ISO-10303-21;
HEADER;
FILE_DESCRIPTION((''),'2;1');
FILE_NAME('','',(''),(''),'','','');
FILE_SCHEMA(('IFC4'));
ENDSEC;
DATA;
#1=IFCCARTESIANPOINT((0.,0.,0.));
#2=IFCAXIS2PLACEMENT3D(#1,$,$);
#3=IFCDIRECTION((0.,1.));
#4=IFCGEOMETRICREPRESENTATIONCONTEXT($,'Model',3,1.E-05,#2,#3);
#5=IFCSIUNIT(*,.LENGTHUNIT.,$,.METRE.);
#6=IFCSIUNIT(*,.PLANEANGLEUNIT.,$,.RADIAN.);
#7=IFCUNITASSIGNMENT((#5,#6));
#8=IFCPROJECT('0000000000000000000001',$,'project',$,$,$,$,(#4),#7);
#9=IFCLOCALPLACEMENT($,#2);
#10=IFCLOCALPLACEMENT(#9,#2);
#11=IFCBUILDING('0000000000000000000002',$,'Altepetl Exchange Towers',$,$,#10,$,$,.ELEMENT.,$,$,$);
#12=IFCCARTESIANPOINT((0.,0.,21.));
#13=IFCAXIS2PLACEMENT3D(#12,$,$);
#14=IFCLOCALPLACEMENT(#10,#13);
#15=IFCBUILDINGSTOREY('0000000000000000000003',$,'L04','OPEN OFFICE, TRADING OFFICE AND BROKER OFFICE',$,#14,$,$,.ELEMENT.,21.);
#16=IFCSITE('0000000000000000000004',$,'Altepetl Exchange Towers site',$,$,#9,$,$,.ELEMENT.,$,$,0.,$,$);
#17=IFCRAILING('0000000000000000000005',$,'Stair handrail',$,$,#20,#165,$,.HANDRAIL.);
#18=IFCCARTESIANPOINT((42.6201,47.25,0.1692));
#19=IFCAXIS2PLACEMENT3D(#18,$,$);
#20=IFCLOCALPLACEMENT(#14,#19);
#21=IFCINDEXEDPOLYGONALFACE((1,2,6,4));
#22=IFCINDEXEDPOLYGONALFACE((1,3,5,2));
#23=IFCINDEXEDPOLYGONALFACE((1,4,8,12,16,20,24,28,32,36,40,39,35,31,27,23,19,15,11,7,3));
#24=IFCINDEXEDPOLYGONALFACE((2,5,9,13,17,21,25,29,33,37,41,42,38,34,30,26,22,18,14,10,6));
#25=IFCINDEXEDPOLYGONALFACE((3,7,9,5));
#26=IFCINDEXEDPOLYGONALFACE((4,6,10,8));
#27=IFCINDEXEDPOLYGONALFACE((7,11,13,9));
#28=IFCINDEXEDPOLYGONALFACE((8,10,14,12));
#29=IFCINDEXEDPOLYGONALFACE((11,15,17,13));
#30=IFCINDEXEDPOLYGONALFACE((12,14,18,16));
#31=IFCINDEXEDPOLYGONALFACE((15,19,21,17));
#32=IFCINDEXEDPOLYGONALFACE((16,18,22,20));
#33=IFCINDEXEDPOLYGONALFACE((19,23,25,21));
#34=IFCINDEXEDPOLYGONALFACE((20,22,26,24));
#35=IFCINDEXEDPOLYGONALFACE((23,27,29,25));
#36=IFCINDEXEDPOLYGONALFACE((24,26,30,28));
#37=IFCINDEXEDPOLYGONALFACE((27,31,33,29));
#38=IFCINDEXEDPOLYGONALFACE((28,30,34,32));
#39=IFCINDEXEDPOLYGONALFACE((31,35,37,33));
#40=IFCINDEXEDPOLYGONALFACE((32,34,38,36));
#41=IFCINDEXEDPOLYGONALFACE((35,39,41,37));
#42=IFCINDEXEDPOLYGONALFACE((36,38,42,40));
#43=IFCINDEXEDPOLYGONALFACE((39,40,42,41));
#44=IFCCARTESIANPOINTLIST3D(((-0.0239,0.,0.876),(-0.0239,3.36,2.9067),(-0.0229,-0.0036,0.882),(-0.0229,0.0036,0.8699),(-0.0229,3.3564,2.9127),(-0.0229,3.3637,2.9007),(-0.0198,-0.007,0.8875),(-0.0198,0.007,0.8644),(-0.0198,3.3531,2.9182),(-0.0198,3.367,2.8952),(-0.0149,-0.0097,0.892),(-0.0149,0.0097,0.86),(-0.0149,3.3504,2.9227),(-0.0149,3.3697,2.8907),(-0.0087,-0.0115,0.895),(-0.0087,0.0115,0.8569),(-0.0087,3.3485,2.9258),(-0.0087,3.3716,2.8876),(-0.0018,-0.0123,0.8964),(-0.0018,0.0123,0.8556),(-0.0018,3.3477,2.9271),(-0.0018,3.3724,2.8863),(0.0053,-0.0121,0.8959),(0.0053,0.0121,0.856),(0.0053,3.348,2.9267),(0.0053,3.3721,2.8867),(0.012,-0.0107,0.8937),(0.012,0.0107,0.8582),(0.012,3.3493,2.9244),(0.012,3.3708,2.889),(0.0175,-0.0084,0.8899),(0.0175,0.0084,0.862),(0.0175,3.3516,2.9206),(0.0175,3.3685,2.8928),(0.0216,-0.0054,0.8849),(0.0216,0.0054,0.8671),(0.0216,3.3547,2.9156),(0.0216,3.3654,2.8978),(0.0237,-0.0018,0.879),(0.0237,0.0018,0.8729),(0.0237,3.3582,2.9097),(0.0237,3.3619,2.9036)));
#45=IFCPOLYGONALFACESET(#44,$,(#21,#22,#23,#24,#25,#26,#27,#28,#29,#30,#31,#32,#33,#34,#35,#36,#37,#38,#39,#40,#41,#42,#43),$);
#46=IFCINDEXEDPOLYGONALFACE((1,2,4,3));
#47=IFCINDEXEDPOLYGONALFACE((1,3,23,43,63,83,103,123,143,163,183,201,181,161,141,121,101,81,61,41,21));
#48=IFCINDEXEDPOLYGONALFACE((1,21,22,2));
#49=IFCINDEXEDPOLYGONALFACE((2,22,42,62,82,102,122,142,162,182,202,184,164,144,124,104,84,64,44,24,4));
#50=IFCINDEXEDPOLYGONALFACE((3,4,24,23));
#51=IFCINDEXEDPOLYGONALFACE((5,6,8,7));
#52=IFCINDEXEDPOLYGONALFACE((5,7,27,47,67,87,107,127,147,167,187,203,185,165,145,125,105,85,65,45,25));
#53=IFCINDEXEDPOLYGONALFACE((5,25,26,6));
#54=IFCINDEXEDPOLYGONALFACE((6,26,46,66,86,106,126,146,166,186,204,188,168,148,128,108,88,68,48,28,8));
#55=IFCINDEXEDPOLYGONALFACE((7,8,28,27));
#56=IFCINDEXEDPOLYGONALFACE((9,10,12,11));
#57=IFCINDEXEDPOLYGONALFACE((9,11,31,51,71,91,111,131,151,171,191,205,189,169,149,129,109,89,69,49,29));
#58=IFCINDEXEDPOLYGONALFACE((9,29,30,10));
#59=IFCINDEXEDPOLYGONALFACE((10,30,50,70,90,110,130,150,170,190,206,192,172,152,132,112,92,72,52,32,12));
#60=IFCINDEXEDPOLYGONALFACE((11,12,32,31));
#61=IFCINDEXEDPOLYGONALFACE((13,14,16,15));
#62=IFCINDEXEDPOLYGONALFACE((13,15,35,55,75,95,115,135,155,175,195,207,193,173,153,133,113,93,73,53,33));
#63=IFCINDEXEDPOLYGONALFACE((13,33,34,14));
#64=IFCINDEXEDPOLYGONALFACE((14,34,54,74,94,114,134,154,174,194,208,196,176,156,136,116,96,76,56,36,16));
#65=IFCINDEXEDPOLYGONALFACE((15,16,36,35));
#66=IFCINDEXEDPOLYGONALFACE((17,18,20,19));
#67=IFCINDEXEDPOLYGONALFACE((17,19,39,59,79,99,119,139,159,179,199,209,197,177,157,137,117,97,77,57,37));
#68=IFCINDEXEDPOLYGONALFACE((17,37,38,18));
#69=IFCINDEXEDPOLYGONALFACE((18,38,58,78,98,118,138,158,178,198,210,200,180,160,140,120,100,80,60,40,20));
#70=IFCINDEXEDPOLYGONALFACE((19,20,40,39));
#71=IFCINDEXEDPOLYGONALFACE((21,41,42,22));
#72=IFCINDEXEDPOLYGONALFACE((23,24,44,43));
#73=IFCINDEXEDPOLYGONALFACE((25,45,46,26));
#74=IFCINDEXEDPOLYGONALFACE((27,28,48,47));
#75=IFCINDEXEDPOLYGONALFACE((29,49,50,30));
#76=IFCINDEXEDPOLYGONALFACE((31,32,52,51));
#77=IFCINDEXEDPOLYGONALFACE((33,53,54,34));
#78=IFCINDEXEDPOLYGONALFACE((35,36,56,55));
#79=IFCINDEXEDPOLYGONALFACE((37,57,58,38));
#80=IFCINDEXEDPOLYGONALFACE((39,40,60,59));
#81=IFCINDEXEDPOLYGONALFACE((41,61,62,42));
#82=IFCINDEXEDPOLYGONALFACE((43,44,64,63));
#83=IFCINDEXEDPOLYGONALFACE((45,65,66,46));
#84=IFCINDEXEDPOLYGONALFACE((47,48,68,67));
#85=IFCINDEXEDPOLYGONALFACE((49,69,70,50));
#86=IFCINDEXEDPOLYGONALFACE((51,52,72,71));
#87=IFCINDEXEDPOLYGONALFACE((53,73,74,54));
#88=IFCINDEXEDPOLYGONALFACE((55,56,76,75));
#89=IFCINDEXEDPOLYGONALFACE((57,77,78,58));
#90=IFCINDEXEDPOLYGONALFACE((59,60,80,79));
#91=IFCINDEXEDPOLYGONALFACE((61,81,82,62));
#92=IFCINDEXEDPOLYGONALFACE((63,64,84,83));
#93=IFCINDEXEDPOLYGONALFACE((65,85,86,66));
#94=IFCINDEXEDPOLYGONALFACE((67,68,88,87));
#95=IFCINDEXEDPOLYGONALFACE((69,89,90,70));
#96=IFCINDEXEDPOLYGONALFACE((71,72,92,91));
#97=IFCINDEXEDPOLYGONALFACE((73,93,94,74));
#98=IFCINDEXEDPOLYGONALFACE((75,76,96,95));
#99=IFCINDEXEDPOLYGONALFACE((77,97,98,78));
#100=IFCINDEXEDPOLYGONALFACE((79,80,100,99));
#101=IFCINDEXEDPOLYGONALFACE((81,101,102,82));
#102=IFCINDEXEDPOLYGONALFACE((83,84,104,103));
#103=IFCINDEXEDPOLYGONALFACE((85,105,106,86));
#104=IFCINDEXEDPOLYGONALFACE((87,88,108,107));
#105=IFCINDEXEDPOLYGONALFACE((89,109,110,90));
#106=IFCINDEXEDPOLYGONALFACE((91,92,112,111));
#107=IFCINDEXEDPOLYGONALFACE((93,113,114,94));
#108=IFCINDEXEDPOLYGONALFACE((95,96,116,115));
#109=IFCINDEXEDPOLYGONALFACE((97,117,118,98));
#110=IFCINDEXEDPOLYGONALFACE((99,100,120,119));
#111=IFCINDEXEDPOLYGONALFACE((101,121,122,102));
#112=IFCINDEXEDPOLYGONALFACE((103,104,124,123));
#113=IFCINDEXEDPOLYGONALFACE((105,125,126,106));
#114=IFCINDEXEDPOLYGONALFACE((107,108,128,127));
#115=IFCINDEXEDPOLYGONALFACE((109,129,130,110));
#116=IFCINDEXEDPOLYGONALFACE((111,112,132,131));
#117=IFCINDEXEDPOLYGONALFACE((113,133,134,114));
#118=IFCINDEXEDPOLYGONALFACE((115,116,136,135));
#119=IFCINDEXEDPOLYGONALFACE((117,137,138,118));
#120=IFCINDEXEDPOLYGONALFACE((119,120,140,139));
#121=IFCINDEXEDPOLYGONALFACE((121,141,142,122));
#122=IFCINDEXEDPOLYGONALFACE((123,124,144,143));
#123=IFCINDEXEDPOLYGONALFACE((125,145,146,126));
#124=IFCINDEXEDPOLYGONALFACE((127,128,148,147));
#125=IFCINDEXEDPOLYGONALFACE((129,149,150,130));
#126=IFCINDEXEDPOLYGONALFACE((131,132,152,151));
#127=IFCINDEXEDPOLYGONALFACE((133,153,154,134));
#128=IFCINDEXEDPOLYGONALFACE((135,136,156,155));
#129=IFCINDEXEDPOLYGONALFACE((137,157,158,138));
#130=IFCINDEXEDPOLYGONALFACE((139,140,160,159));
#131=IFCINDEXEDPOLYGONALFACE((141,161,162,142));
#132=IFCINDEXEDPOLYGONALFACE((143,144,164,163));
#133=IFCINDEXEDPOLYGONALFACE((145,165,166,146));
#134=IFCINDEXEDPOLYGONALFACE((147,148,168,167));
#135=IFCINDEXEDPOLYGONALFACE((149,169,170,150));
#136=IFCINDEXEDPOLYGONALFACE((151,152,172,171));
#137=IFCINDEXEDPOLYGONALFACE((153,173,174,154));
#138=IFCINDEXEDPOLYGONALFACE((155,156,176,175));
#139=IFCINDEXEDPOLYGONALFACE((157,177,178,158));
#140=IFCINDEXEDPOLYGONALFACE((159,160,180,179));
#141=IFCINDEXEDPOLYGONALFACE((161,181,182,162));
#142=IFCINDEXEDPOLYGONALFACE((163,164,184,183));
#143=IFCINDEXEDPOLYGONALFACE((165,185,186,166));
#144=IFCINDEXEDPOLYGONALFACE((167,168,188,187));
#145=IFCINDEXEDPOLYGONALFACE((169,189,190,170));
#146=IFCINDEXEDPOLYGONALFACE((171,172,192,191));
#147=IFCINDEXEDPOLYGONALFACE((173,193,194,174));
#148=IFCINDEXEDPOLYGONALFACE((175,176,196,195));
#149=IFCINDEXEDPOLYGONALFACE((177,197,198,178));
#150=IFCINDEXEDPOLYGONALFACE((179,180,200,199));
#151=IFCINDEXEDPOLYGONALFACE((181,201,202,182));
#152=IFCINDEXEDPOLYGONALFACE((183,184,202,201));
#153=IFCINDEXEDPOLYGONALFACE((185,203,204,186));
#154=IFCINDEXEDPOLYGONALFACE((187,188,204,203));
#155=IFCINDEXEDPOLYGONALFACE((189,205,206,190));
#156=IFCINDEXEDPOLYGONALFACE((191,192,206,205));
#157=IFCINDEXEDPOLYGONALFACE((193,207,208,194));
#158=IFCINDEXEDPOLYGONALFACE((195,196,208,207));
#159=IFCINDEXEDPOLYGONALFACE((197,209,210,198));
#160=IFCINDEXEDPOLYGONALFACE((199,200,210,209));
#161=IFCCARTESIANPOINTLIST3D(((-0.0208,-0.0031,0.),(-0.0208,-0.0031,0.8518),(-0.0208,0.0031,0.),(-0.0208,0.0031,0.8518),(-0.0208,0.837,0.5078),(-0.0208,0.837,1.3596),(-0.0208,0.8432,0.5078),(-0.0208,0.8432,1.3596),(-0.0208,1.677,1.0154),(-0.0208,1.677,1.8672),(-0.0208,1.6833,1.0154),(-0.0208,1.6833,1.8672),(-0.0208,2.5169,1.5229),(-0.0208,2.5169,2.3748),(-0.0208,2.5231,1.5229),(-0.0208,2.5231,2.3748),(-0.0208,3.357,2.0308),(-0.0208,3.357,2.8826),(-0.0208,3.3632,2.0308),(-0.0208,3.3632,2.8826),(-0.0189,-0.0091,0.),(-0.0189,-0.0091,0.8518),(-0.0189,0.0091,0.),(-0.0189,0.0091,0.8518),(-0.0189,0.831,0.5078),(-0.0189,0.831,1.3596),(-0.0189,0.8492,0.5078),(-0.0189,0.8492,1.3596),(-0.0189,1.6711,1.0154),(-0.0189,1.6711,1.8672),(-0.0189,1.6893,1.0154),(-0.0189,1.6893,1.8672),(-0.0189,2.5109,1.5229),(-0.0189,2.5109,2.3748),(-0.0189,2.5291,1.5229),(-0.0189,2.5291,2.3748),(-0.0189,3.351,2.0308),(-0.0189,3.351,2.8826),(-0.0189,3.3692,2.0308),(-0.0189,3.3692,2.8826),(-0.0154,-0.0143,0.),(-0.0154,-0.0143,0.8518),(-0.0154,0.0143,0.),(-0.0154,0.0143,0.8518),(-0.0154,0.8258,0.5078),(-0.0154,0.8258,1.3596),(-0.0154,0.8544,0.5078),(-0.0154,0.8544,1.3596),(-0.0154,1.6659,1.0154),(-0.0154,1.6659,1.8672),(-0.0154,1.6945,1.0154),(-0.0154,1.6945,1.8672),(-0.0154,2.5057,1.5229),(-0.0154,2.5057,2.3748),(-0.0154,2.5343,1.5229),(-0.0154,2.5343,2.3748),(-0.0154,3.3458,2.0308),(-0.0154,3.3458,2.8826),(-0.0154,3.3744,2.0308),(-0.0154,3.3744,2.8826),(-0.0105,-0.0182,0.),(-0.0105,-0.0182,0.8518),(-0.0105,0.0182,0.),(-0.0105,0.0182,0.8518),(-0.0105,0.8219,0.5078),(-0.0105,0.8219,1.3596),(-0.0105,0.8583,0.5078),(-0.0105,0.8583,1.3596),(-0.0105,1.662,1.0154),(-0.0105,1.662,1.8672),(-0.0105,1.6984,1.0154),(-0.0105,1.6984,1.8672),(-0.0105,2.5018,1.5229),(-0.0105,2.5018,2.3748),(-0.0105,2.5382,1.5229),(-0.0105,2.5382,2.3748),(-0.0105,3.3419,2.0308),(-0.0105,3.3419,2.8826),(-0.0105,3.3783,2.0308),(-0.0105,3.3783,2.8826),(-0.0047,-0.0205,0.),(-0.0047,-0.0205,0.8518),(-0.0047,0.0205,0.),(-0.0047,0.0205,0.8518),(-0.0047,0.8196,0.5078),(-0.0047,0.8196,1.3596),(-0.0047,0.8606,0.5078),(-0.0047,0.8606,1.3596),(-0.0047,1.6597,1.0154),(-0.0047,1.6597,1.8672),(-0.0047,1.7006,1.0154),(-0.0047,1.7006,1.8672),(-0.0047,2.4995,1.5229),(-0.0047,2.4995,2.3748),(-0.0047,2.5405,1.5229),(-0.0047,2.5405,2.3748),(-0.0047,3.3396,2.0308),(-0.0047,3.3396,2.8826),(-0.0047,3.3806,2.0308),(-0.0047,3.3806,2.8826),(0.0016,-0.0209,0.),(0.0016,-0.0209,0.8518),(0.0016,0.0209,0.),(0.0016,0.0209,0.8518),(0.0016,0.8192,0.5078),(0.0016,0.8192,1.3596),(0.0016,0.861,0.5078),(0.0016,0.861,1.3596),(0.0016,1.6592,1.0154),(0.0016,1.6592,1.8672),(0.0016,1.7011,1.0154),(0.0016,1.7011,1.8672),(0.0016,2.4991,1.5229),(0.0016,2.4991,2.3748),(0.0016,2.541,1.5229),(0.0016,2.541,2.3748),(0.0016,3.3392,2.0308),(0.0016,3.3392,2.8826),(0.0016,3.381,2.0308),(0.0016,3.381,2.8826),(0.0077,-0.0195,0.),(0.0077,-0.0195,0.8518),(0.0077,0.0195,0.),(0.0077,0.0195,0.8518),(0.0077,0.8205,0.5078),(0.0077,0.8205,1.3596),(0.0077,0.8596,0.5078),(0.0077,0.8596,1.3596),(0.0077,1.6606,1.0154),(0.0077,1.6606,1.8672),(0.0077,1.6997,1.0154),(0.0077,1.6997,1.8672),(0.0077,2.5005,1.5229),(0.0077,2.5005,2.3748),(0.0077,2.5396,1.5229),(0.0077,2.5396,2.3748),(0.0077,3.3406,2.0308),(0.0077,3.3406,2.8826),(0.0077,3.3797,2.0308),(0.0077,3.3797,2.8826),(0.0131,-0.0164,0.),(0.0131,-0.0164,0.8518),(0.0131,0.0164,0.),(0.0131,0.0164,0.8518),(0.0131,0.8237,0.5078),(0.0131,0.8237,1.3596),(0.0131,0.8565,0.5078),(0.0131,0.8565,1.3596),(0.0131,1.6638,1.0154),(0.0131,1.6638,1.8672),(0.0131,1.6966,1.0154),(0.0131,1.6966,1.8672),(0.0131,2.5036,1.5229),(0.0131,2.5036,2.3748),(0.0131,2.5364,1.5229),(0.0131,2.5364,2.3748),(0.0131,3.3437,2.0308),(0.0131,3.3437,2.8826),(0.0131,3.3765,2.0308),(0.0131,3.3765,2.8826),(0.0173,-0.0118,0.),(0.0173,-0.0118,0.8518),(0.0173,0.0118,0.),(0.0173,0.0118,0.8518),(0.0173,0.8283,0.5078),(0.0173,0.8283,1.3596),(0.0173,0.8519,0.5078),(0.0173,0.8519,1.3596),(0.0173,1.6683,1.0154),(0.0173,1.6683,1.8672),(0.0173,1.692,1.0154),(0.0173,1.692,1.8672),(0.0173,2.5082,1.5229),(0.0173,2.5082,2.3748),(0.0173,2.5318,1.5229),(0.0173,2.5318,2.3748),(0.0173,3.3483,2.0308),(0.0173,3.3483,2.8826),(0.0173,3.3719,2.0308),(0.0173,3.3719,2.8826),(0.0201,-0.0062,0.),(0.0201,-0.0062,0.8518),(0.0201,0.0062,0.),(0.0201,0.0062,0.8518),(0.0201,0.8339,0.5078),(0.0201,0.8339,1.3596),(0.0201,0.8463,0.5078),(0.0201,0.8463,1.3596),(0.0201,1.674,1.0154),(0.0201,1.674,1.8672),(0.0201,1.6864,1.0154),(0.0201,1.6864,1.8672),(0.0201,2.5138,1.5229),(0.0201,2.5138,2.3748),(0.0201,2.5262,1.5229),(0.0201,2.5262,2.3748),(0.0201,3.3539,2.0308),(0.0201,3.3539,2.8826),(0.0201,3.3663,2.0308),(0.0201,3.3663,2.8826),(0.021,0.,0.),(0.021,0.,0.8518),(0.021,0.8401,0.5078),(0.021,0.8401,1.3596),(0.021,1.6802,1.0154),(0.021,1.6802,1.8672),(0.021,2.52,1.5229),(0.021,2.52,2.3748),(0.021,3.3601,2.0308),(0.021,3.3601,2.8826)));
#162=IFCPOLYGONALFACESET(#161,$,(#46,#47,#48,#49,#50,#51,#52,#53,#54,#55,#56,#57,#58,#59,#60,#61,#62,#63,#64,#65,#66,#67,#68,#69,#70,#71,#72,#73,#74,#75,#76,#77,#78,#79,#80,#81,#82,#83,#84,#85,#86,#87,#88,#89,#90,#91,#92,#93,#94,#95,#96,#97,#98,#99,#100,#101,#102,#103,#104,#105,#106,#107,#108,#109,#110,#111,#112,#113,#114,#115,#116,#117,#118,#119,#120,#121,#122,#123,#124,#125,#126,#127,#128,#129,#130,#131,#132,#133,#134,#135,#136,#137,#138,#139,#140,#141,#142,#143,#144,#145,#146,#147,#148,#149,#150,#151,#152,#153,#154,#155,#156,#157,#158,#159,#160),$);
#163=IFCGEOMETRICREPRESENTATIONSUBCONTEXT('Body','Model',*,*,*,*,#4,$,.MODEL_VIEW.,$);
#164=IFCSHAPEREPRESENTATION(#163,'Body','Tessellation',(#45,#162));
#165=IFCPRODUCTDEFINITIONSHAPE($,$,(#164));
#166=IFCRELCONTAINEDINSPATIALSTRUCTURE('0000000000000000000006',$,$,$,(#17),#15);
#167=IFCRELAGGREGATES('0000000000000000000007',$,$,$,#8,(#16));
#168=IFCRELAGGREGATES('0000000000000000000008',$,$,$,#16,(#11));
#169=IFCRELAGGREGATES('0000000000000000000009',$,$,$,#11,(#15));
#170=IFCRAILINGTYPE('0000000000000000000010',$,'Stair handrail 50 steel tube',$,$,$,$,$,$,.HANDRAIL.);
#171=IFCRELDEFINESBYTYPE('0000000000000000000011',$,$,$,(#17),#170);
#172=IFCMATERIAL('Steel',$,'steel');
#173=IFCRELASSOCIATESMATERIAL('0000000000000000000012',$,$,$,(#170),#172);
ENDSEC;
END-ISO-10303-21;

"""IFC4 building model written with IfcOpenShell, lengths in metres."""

from ifc_helpers import new_model, si_unit, direction, frame, origin, origin_2d, place, context, subcontext, project, spatial, circle, extrude, source, transform, mapped, material, type_object, element, save


model = new_model("IFC4")

# Units and contexts
model_context = context("Model", 3, precision=1e-05, world=origin(), true_north=direction((0.0, 1.0)))
body_context = subcontext(model_context, "Body", "Model", "MODEL_VIEW")
ifc_project = project(units=[si_unit("LENGTHUNIT", "METRE"), si_unit("PLANEANGLEUNIT", "RADIAN")], contexts=[model_context])

# Site, building, storey
site_placement = place(None, origin())
site = spatial("IfcSite", under=ifc_project, at=site_placement, Name="Altepetl Exchange Towers site", CompositionType="ELEMENT", RefElevation=0.0)
building_placement = place(site_placement, origin())
building = spatial("IfcBuilding", under=site, at=building_placement, Name="Altepetl Exchange Towers", CompositionType="ELEMENT")
storey_placement = place(building_placement, frame((0.0, 0.0, 21.0)))
storey = spatial("IfcBuildingStorey", under=building, at=storey_placement, Name="L04", Description="OPEN OFFICE, TRADING OFFICE AND BROKER OFFICE", CompositionType="ELEMENT", Elevation=21.0)

# Railing
ifc_material_1 = material(Name="Steel", Category="steel")
railing_type = type_object("IfcRailingType", Name="Stair handrail 50 steel tube", PredefinedType="HANDRAIL", material=ifc_material_1)
shared_shape = source(origin(), body_context, "Body", "SweptSolid", [
    extrude(circle(Radius=0.021, at=origin_2d()), origin(), (0.0, 0.0, 1.0), 0.8518),
])
railing_placement = place(storey_placement, frame((42.6201, 47.25, 0.1692)))
element("IfcRailing", 1, at=railing_placement, inside=storey, type_object=railing_type, Name="Stair handrail", PredefinedType="HANDRAIL", context=body_context, shape_type="SweptSolid", body=[
    extrude(circle(Radius=0.0239, at=origin_2d()), frame((0.0, 0.0, 0.876), z_axis=(0.0, 0.855837, 0.517246), x_axis=(-1.0, 0.0, 0.0)), (0.0, 0.0, 1.0), 3.926),
    mapped(shared_shape, transform((0.0, 0.0, 0.0))),
    mapped(shared_shape, transform((0.0, 0.8401, 0.5078))),
    mapped(shared_shape, transform((0.0, 1.6802, 1.0154))),
    mapped(shared_shape, transform((0.0, 2.52, 1.5229))),
    mapped(shared_shape, transform((0.0, 3.3601, 2.0308))),
])

save(model, "model.ifc")
